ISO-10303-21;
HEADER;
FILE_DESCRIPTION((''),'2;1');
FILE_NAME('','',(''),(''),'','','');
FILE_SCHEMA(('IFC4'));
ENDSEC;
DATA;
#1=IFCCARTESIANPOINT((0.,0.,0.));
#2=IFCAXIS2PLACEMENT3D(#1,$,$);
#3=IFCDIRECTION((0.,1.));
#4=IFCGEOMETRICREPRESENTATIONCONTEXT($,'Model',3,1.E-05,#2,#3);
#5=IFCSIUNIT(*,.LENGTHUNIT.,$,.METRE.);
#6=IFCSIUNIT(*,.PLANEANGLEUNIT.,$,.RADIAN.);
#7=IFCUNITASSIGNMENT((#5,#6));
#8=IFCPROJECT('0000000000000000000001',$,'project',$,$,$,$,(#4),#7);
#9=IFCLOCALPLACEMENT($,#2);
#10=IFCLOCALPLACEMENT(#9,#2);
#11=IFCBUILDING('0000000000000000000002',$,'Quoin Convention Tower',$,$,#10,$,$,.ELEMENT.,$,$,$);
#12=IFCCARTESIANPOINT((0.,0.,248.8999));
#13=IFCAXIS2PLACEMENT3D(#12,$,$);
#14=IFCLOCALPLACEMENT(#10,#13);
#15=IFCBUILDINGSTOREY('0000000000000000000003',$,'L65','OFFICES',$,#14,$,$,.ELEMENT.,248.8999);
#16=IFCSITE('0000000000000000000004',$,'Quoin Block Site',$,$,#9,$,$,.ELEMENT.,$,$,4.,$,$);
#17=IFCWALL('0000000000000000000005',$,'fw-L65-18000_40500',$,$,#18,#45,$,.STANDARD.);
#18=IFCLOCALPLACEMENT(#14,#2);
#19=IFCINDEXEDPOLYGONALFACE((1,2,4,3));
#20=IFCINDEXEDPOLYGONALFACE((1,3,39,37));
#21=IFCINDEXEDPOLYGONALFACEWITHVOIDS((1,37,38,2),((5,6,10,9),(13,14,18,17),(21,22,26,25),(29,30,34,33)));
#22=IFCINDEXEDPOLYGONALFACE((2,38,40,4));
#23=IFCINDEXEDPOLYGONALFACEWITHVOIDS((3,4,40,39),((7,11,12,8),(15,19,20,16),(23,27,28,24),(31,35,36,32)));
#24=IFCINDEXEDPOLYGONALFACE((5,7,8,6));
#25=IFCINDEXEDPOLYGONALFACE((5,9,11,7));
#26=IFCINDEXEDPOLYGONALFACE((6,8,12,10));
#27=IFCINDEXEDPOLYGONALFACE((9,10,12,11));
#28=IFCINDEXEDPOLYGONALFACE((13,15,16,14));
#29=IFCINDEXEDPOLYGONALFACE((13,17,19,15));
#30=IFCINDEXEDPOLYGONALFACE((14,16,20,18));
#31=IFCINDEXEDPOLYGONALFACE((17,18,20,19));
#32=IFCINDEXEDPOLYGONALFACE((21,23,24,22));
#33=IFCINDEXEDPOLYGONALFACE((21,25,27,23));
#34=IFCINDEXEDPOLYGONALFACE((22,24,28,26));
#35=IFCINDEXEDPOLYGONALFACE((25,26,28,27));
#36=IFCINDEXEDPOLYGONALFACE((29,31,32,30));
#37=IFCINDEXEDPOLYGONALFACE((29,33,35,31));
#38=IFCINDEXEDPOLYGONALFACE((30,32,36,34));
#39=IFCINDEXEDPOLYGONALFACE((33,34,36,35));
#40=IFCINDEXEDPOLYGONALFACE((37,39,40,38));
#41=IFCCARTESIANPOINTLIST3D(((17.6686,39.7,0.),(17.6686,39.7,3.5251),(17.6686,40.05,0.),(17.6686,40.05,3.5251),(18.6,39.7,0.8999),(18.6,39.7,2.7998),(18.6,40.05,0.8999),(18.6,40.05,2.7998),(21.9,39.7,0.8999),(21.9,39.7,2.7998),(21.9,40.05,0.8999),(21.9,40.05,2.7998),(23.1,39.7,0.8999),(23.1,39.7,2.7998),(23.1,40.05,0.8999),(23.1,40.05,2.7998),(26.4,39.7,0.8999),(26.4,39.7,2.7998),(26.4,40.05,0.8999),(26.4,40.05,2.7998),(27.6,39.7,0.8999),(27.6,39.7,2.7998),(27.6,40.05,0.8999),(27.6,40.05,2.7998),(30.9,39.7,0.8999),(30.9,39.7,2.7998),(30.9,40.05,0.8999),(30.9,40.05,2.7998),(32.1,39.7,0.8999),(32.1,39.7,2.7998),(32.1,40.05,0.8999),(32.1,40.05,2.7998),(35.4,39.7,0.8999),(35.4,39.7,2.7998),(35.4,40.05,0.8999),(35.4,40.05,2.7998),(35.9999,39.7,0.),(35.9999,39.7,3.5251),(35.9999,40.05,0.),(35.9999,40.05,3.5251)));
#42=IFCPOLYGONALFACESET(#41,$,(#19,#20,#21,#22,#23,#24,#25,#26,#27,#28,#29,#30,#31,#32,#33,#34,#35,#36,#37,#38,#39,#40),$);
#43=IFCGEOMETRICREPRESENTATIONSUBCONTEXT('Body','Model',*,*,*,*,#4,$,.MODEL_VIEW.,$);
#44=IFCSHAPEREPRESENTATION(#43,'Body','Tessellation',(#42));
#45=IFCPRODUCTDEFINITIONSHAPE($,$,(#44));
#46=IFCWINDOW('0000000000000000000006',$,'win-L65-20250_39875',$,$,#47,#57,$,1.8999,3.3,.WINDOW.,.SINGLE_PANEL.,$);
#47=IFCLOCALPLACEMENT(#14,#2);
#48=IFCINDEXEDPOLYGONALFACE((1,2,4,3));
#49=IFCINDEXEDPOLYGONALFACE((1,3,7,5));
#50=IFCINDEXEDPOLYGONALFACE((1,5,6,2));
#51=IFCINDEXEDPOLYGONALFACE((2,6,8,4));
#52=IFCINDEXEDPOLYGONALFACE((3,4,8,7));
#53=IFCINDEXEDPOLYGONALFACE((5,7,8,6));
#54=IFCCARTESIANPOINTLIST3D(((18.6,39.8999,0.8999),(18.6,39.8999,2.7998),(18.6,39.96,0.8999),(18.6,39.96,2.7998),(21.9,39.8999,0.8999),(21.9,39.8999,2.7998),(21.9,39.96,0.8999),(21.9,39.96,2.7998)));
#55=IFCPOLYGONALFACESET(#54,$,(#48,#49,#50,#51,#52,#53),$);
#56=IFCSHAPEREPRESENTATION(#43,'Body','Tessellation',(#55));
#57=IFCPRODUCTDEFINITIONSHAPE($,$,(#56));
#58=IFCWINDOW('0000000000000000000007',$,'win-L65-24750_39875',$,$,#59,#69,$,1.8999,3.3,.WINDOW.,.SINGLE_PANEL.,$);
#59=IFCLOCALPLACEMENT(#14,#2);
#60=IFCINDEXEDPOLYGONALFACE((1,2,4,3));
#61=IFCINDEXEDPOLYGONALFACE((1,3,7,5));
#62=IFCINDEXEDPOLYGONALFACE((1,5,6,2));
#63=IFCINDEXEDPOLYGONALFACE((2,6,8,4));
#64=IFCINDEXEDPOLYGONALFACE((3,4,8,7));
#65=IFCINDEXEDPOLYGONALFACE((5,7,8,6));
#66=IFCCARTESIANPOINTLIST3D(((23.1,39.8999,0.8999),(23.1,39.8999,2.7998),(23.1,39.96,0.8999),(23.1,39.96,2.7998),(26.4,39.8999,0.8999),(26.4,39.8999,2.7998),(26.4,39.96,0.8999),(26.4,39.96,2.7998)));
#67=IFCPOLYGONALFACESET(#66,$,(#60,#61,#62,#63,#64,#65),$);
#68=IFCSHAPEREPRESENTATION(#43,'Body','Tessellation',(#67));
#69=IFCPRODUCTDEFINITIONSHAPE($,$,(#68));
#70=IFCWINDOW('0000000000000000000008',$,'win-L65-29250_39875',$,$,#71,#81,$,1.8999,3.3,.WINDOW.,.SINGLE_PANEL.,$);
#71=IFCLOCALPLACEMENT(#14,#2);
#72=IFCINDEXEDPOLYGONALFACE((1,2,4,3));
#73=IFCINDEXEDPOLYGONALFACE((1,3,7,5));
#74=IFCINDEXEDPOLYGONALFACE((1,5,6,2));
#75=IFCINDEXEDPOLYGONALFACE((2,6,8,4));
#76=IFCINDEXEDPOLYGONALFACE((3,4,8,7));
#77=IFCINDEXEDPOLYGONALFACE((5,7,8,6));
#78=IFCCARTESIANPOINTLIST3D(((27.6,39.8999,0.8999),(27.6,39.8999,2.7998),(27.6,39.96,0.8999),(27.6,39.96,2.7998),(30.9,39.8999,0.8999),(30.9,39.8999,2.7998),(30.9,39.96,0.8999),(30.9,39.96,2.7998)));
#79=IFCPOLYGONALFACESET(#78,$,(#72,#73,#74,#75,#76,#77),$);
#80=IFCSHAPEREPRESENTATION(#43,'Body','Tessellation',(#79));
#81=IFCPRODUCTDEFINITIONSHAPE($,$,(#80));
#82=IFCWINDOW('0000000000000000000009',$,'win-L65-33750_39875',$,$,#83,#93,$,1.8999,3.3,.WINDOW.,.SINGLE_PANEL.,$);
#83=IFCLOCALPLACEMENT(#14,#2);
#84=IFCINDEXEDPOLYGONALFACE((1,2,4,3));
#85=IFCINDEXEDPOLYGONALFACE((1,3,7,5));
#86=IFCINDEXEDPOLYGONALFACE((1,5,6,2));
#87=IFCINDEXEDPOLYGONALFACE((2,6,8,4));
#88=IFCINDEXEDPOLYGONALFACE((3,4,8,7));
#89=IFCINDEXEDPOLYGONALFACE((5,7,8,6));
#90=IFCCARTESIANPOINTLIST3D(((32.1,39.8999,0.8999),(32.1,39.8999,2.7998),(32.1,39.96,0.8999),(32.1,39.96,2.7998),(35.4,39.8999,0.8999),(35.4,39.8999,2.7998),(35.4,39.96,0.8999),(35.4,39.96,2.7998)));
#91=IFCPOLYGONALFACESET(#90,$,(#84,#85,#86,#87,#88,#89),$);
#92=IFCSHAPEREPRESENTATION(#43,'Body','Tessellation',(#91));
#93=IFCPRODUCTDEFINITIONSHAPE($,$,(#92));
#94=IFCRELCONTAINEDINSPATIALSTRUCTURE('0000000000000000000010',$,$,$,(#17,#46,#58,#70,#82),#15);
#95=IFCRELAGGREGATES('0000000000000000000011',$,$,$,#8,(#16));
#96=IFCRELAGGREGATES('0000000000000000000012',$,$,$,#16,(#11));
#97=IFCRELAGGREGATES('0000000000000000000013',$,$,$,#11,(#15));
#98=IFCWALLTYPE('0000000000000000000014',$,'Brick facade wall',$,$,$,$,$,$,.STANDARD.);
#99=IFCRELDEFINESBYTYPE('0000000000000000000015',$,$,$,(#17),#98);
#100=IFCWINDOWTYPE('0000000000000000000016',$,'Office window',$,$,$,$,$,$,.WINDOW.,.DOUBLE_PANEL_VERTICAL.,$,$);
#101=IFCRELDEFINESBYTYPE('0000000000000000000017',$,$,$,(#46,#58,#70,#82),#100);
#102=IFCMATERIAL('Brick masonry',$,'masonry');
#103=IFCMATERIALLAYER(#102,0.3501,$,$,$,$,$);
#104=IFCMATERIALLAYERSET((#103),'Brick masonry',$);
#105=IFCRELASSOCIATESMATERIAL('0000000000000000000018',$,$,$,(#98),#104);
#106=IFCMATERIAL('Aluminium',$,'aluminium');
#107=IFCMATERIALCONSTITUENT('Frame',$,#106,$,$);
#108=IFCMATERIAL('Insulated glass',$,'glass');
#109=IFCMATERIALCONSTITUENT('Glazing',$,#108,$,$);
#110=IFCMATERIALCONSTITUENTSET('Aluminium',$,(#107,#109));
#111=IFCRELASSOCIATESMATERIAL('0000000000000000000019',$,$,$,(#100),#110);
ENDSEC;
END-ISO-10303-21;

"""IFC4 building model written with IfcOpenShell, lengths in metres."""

from ifc_helpers import new_model, si_unit, direction, frame, frame_2d, origin, place, context, subcontext, project, spatial, rectangle, extrude, material, layer, layer_set, constituent, constituent_set, type_object, element, fill, save


model = new_model("IFC4")

# Units and contexts
model_context = context("Model", 3, precision=1e-05, world=origin(), true_north=direction((0.0, 1.0)))
body_context = subcontext(model_context, "Body", "Model", "MODEL_VIEW")
ifc_project = project(units=[si_unit("LENGTHUNIT", "METRE"), si_unit("PLANEANGLEUNIT", "RADIAN")], contexts=[model_context])

# Site, building, storey
site_placement = place(None, origin())
site = spatial("IfcSite", under=ifc_project, at=site_placement, Name="Quoin Block Site", CompositionType="ELEMENT", RefElevation=4.0)
building_placement = place(site_placement, origin())
building = spatial("IfcBuilding", under=site, at=building_placement, Name="Quoin Convention Tower", CompositionType="ELEMENT")
storey_placement = place(building_placement, frame((0.0, 0.0, 248.8999)))
storey = spatial("IfcBuildingStorey", under=building, at=storey_placement, Name="L65", Description="OFFICES", CompositionType="ELEMENT", Elevation=248.8999)

# Wall, openings, windows
ifc_material_1 = material(Name="Brick masonry", Category="masonry")
ifc_layer_1 = layer(ifc_material_1, 0.3501)
ifc_layer_set_1 = layer_set([ifc_layer_1], Name="Brick masonry")
wall_type = type_object("IfcWallType", Name="Brick facade wall", PredefinedType="STANDARD", material=ifc_layer_set_1)
ifc_material_2 = material(Name="Aluminium", Category="aluminium")
ifc_constituent_1 = constituent(ifc_material_2, Name="Frame")
ifc_material_3 = material(Name="Insulated glass", Category="glass")
ifc_constituent_2 = constituent(ifc_material_3, Name="Glazing")
ifc_constituent_set = constituent_set(constituents=[ifc_constituent_1, ifc_constituent_2], Name="Aluminium")
window_type = type_object("IfcWindowType", Name="Office window", PartitioningType="DOUBLE_PANEL_VERTICAL", PredefinedType="WINDOW", material=ifc_constituent_set)
wall_1_placement = place(storey_placement, frame((17.6687, 39.875, 0.0), z_axis=(0.0, 0.0, 1.0), x_axis=(1.0, 0.0, 0.0)))
wall_1 = element("IfcWall", 1, at=wall_1_placement, inside=storey, type_object=wall_type, Name="fw-L65-18000_40500", PredefinedType="STANDARD", context=body_context, shape_type="SweptSolid", body=[
    extrude(rectangle(XDim=18.3313, YDim=0.3501, at=frame_2d((9.1655, 0.0))), origin(), (0.0, 0.0, 1.0), 3.5251),
])
opening_1_placement = place(wall_1_placement, frame((0.9314, 0.0, 0.8999)))
opening_1 = element("IfcOpeningElement", 2, at=opening_1_placement, cuts=wall_1, PredefinedType="OPENING", context=body_context, shape_type="SweptSolid", body=[
    extrude(rectangle(XDim=3.3, YDim=1.8999, at=frame_2d((1.6499, 0.95))), frame((0.0, 0.1851, 0.0), z_axis=(0.0, -1.0, 0.0), x_axis=(1.0, 0.0, 0.0)), (0.0, 0.0, 1.0), 0.3701),
])
opening_2_placement = place(wall_1_placement, frame((5.4314, 0.0, 0.8999)))
opening_2 = element("IfcOpeningElement", 3, at=opening_2_placement, cuts=wall_1, PredefinedType="OPENING", context=body_context, shape_type="SweptSolid", body=[
    extrude(rectangle(XDim=3.3, YDim=1.8999, at=frame_2d((1.6499, 0.95))), frame((0.0, 0.1851, 0.0), z_axis=(0.0, -1.0, 0.0), x_axis=(1.0, 0.0, 0.0)), (0.0, 0.0, 1.0), 0.3701),
])
opening_3_placement = place(wall_1_placement, frame((9.9314, 0.0, 0.8999)))
opening_3 = element("IfcOpeningElement", 4, at=opening_3_placement, cuts=wall_1, PredefinedType="OPENING", context=body_context, shape_type="SweptSolid", body=[
    extrude(rectangle(XDim=3.3, YDim=1.8999, at=frame_2d((1.6499, 0.95))), frame((0.0, 0.1851, 0.0), z_axis=(0.0, -1.0, 0.0), x_axis=(1.0, 0.0, 0.0)), (0.0, 0.0, 1.0), 0.3701),
])
opening_4_placement = place(wall_1_placement, frame((14.4314, 0.0, 0.8999)))
opening_4 = element("IfcOpeningElement", 5, at=opening_4_placement, cuts=wall_1, PredefinedType="OPENING", context=body_context, shape_type="SweptSolid", body=[
    extrude(rectangle(XDim=3.3, YDim=1.8999, at=frame_2d((1.6499, 0.95))), frame((0.0, 0.1851, 0.0), z_axis=(0.0, -1.0, 0.0), x_axis=(1.0, 0.0, 0.0)), (0.0, 0.0, 1.0), 0.3701),
])
window_1_placement = place(opening_1_placement, origin())
window_1 = element("IfcWindow", 6, at=window_1_placement, inside=storey, type_object=window_type, Name="win-L65-20250_39875", OverallHeight=1.8999, OverallWidth=3.3, PartitioningType="SINGLE_PANEL", PredefinedType="WINDOW", context=body_context, shape_type="SweptSolid", body=[
    extrude(rectangle(XDim=3.3, YDim=1.8999, at=frame_2d((1.6499, 0.95))), frame((0.0, 0.085, 0.0), z_axis=(0.0, -1.0, 0.0), x_axis=(1.0, 0.0, 0.0)), (0.0, 0.0, 1.0), 0.0601),
])
fill(opening_1, window_1)
window_2_placement = place(opening_2_placement, origin())
window_2 = element("IfcWindow", 7, at=window_2_placement, inside=storey, type_object=window_type, Name="win-L65-24750_39875", OverallHeight=1.8999, OverallWidth=3.3, PartitioningType="SINGLE_PANEL", PredefinedType="WINDOW", context=body_context, shape_type="SweptSolid", body=[
    extrude(rectangle(XDim=3.3, YDim=1.8999, at=frame_2d((1.6499, 0.95))), frame((0.0, 0.085, 0.0), z_axis=(0.0, -1.0, 0.0), x_axis=(1.0, 0.0, 0.0)), (0.0, 0.0, 1.0), 0.0601),
])
fill(opening_2, window_2)
window_3_placement = place(opening_3_placement, origin())
window_3 = element("IfcWindow", 8, at=window_3_placement, inside=storey, type_object=window_type, Name="win-L65-29250_39875", OverallHeight=1.8999, OverallWidth=3.3, PartitioningType="SINGLE_PANEL", PredefinedType="WINDOW", context=body_context, shape_type="SweptSolid", body=[
    extrude(rectangle(XDim=3.3, YDim=1.8999, at=frame_2d((1.6499, 0.95))), frame((0.0, 0.085, 0.0), z_axis=(0.0, -1.0, 0.0), x_axis=(1.0, 0.0, 0.0)), (0.0, 0.0, 1.0), 0.0601),
])
fill(opening_3, window_3)
window_4_placement = place(opening_4_placement, origin())
window_4 = element("IfcWindow", 9, at=window_4_placement, inside=storey, type_object=window_type, Name="win-L65-33750_39875", OverallHeight=1.8999, OverallWidth=3.3, PartitioningType="SINGLE_PANEL", PredefinedType="WINDOW", context=body_context, shape_type="SweptSolid", body=[
    extrude(rectangle(XDim=3.3, YDim=1.8999, at=frame_2d((1.6499, 0.95))), frame((0.0, 0.085, 0.0), z_axis=(0.0, -1.0, 0.0), x_axis=(1.0, 0.0, 0.0)), (0.0, 0.0, 1.0), 0.0601),
])
fill(opening_4, window_4)

save(model, "model.ifc")
